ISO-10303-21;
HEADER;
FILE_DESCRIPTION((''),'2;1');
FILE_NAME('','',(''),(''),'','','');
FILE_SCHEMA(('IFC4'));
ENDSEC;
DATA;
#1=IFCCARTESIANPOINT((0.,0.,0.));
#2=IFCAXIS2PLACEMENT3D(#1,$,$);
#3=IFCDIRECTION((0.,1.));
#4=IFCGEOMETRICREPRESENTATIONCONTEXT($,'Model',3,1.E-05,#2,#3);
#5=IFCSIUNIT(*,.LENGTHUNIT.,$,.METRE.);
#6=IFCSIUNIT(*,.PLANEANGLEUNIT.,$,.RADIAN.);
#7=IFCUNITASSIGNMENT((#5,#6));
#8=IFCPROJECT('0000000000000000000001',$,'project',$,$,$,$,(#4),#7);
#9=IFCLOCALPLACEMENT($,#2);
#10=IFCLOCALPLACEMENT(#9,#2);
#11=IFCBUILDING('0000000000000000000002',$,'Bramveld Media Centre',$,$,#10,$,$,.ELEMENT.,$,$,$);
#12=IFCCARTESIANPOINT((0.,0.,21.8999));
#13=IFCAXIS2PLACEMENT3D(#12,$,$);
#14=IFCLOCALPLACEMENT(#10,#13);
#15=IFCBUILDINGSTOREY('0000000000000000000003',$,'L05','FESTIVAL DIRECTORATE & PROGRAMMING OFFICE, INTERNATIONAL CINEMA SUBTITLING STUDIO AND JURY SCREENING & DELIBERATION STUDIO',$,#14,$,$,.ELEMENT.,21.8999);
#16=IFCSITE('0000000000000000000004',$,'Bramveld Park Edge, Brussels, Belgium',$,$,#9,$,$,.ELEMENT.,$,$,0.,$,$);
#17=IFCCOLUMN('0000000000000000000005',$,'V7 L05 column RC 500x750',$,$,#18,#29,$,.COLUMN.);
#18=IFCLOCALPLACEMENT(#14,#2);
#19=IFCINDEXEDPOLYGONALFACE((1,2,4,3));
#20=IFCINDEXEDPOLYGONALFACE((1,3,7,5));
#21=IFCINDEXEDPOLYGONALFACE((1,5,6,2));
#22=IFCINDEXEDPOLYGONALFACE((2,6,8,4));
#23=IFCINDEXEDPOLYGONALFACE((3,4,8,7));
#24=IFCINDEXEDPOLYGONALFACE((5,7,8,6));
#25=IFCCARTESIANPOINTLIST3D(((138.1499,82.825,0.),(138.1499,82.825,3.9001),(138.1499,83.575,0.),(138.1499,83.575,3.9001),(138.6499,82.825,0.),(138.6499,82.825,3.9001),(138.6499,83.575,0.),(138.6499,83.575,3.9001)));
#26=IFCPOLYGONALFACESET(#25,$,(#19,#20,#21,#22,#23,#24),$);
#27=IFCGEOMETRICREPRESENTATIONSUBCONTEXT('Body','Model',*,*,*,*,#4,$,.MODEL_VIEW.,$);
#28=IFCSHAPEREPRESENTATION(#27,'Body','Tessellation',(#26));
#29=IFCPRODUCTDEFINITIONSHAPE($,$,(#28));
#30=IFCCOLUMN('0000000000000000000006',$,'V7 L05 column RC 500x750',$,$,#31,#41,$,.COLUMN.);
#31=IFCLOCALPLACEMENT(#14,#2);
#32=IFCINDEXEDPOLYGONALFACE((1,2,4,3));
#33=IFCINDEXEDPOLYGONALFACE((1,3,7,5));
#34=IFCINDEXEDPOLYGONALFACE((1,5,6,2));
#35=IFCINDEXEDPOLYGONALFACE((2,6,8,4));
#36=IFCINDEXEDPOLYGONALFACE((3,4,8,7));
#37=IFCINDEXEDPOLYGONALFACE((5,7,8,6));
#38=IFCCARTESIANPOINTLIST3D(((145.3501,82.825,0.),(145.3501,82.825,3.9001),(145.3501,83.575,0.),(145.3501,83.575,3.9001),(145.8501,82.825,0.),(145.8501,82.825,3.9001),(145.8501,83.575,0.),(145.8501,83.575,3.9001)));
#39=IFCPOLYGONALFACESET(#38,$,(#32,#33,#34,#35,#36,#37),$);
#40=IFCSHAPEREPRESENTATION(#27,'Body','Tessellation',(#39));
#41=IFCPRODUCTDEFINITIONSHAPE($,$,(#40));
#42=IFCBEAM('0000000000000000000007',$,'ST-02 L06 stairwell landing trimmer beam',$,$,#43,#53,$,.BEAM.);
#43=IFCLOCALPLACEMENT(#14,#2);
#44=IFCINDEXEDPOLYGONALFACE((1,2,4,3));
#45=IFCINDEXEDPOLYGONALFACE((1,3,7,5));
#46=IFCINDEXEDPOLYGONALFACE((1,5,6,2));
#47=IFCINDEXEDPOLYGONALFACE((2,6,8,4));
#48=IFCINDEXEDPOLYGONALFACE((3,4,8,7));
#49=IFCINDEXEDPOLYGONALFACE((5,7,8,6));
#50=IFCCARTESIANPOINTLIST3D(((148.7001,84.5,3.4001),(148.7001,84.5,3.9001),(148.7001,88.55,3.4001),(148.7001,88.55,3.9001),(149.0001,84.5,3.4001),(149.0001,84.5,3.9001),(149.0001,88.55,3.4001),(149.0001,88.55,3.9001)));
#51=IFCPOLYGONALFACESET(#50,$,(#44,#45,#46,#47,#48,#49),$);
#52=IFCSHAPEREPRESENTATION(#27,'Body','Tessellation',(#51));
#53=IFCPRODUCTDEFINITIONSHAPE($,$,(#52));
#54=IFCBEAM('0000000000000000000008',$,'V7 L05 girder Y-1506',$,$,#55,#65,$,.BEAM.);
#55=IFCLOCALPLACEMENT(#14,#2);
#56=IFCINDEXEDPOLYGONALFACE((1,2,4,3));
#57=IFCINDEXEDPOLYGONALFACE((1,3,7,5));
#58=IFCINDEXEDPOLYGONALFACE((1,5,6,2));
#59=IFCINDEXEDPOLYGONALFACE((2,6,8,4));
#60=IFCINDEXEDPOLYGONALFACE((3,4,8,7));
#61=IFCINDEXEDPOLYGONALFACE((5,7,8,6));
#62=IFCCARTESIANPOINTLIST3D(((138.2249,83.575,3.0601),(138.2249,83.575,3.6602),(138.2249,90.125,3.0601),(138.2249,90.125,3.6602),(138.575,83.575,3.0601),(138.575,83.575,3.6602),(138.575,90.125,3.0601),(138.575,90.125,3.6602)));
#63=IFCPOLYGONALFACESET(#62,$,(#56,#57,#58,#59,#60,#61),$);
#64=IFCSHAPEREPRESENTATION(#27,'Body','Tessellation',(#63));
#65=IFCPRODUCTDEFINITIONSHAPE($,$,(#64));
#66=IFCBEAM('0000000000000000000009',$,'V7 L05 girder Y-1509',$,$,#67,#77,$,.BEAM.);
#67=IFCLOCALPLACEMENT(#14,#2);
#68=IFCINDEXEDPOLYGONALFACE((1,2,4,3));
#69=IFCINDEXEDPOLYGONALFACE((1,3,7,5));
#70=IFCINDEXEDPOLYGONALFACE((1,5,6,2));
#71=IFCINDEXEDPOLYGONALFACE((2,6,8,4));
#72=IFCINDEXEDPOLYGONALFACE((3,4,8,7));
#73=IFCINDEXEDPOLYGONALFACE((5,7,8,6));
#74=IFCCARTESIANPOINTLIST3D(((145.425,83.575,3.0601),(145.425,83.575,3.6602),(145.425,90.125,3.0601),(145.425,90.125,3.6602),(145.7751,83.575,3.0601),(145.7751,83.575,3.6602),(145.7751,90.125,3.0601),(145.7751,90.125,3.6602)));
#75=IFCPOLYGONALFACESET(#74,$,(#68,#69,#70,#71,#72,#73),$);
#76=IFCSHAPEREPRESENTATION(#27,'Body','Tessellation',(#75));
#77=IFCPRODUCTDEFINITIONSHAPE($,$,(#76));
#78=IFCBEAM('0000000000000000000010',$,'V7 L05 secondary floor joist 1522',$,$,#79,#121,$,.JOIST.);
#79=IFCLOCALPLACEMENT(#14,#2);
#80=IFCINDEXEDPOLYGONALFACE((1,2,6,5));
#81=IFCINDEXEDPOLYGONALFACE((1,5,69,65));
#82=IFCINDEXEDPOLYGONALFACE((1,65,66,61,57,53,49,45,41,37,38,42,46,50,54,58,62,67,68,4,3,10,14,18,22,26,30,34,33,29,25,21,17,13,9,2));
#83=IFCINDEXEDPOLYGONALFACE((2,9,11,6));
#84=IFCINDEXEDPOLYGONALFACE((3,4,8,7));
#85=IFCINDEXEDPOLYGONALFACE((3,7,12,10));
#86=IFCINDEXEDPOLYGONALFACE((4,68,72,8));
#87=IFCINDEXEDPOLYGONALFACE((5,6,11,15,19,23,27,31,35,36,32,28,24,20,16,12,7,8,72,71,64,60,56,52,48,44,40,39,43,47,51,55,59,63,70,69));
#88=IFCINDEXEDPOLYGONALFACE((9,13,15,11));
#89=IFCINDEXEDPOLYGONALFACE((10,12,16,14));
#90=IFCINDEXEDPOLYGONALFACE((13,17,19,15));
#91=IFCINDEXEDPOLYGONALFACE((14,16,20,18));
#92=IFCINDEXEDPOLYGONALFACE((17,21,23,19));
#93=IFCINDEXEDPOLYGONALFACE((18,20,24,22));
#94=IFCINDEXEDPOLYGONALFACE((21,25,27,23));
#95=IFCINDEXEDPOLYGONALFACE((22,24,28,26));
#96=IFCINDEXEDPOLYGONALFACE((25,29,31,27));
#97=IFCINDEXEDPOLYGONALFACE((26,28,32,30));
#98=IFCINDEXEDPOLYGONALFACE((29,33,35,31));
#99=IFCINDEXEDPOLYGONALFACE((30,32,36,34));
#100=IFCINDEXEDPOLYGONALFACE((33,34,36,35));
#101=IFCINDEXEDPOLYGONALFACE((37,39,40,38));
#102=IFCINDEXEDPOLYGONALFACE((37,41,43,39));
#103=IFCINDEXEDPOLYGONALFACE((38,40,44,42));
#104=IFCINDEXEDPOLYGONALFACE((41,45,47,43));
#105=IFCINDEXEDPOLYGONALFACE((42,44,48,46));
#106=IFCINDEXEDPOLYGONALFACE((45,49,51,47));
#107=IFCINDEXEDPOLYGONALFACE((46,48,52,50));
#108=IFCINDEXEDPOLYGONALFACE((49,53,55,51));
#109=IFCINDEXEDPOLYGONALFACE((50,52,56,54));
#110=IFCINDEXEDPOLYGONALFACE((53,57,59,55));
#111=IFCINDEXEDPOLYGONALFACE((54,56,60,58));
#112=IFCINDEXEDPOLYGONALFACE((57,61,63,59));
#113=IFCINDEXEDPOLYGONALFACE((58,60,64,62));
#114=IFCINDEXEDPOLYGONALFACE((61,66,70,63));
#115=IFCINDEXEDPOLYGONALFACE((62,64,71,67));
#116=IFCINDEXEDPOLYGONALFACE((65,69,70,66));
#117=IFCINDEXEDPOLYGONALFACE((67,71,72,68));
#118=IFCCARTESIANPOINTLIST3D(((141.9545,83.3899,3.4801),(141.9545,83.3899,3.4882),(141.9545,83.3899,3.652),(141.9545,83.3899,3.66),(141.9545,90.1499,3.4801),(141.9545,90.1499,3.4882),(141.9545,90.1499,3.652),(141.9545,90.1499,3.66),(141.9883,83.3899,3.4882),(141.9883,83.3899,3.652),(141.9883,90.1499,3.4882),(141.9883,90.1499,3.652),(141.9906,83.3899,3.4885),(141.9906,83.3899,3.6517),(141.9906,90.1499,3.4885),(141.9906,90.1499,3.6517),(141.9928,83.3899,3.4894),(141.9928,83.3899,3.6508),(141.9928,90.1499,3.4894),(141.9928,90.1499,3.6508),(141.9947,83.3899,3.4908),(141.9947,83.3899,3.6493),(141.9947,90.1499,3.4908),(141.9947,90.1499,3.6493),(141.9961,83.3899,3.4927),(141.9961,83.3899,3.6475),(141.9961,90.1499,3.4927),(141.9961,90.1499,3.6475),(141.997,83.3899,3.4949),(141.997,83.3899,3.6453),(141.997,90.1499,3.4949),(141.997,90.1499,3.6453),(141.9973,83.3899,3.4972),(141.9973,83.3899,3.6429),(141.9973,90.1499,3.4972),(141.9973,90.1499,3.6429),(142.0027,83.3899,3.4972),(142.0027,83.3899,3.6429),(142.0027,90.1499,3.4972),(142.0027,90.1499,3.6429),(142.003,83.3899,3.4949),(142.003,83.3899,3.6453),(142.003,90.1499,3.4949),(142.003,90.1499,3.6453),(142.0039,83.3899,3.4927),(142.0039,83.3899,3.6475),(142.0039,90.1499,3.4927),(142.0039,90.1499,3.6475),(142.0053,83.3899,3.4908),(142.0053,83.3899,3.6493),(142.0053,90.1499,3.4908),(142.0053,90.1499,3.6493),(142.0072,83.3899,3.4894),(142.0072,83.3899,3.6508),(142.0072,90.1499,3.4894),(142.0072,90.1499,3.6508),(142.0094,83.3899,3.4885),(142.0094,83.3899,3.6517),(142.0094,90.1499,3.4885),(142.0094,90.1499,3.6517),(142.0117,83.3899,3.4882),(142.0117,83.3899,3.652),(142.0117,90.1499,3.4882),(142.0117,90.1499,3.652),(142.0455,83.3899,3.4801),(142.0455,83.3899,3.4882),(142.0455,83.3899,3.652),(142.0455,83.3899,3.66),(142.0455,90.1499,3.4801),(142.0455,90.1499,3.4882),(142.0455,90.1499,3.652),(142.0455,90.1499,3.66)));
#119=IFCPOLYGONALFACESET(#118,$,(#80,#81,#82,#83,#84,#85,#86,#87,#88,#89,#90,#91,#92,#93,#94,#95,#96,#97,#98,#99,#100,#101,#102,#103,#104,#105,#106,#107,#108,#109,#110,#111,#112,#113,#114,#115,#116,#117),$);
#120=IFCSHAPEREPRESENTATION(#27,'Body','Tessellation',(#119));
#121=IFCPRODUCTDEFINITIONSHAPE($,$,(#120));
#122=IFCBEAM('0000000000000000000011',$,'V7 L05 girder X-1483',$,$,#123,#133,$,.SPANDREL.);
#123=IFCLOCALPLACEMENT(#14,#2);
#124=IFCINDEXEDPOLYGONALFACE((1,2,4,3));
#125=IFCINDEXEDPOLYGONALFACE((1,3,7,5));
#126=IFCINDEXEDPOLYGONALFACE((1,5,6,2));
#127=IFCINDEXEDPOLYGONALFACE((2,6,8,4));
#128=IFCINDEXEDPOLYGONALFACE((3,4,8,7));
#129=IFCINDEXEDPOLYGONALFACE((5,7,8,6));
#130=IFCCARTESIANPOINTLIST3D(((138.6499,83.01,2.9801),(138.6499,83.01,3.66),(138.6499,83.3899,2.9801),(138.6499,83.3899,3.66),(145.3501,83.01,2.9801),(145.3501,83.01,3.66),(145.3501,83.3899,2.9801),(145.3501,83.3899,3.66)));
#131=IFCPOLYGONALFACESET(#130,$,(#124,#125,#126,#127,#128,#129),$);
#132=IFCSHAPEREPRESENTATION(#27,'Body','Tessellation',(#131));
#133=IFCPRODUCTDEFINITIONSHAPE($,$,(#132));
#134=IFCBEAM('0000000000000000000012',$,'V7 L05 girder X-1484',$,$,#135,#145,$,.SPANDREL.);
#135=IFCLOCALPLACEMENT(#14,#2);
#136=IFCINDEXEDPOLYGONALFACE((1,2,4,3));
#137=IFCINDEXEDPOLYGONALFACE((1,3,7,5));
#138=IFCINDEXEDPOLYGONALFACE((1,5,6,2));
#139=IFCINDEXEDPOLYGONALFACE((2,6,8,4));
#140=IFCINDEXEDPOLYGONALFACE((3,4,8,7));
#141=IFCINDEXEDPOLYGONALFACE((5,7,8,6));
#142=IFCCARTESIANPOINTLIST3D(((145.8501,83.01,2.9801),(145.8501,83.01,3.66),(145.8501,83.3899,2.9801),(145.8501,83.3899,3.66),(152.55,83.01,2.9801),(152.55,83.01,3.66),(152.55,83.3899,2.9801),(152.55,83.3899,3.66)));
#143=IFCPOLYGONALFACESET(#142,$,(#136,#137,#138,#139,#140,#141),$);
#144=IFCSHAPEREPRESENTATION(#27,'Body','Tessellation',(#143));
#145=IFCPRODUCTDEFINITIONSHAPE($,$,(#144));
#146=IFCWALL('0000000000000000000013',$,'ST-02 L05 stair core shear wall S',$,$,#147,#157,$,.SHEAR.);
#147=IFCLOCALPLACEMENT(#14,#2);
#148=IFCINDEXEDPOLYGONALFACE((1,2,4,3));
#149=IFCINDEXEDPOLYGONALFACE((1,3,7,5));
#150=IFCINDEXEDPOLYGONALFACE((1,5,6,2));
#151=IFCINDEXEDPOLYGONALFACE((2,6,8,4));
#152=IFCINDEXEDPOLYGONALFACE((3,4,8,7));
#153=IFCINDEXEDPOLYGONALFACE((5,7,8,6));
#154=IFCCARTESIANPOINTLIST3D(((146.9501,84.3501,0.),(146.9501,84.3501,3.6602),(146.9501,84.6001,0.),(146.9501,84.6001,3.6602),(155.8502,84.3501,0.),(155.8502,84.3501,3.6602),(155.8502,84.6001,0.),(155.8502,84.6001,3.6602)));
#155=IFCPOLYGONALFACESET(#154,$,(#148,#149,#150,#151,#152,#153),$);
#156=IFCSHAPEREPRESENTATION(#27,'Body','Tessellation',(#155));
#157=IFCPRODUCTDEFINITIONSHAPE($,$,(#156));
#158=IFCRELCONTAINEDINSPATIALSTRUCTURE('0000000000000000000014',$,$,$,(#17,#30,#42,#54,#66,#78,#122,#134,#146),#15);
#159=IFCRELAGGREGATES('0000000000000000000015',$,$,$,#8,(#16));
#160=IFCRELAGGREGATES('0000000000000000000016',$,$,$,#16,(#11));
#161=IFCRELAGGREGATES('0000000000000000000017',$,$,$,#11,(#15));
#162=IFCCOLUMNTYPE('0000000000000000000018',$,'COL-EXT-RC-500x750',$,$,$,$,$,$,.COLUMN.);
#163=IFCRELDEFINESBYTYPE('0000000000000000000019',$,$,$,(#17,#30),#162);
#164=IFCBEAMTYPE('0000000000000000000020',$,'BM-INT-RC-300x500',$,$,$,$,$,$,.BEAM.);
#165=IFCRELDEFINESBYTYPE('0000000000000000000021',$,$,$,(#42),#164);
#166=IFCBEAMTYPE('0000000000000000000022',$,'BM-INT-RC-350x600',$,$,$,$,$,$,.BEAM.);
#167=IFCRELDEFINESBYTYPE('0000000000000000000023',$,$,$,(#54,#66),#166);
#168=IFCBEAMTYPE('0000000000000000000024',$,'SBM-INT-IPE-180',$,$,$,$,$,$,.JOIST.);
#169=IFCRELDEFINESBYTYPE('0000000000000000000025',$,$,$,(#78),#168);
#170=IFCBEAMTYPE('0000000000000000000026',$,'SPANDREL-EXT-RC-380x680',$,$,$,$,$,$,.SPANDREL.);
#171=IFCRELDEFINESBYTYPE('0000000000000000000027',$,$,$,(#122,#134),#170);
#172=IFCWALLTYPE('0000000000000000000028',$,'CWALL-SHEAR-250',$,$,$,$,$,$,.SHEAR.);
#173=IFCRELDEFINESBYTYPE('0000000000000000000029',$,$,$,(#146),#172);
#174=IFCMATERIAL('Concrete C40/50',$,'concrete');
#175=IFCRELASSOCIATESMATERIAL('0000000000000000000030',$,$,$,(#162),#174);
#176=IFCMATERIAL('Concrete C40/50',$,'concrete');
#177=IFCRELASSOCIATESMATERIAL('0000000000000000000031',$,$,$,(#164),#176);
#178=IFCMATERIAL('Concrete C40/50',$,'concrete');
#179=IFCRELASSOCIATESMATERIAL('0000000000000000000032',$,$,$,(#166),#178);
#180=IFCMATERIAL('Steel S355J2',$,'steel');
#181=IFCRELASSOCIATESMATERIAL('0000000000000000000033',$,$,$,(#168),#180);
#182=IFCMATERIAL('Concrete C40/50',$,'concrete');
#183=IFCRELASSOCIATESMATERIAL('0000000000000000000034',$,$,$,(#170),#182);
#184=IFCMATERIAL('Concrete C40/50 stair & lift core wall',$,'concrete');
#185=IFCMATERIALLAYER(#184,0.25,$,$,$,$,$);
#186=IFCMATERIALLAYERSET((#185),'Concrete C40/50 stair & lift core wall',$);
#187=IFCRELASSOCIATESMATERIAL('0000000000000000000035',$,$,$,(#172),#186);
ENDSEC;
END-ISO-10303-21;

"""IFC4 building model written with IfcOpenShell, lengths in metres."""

from ifc_helpers import new_model, si_unit, direction, frame, frame_2d, origin, origin_2d, place, context, subcontext, project, spatial, rectangle, i_section, extrude, material, layer, layer_set, material_profile, profile_set, type_object, element, save


model = new_model("IFC4")

# Units and contexts
model_context = context("Model", 3, precision=1e-05, world=origin(), true_north=direction((0.0, 1.0)))
body_context = subcontext(model_context, "Body", "Model", "MODEL_VIEW")
ifc_project = project(units=[si_unit("LENGTHUNIT", "METRE"), si_unit("PLANEANGLEUNIT", "RADIAN")], contexts=[model_context])

# Site, building, storey
site_placement = place(None, origin())
site = spatial("IfcSite", under=ifc_project, at=site_placement, Name="Bramveld Park Edge, Brussels, Belgium", CompositionType="ELEMENT", RefElevation=0.0)
building_placement = place(site_placement, origin())
building = spatial("IfcBuilding", under=site, at=building_placement, Name="Bramveld Media Centre", CompositionType="ELEMENT")
storey_placement = place(building_placement, frame((0.0, 0.0, 21.8999)))
storey = spatial("IfcBuildingStorey", under=building, at=storey_placement, Name="L05", Description="FESTIVAL DIRECTORATE & PROGRAMMING OFFICE, INTERNATIONAL CINEMA SUBTITLING STUDIO AND JURY SCREENING & DELIBERATION STUDIO", CompositionType="ELEMENT", Elevation=21.8999)

# Columns
ifc_material_1 = material(Name="Concrete C40/50", Category="concrete")
ifc_material_profile_1 = material_profile(ifc_material_1, rectangle(XDim=0.5, YDim=0.75, at=origin_2d()), Name="RC 500x750")
ifc_profile_set_1 = profile_set([ifc_material_profile_1], Name="Concrete C40/50")
column_type = type_object("IfcColumnType", Name="COL-EXT-RC-500x750", PredefinedType="COLUMN", material=ifc_profile_set_1)
for number, where, z_axis, x_axis, name in (
    (1, (138.3999, 83.2, 0.0), (0.0, 0.0, 1.0), (1.0, 0.0, 0.0), "V7 L05 column RC 500x750"),
    (2, (145.6001, 83.2, 0.0), (0.0, 0.0, 1.0), (1.0, 0.0, 0.0), "V7 L05 column RC 500x750"),
):
    element("IfcColumn", number, at=place(storey_placement, frame(where, z_axis=z_axis, x_axis=x_axis)), inside=storey, type_object=column_type, Name=name, PredefinedType="COLUMN", context=body_context, shape_type="SweptSolid", body=[
        extrude(rectangle(XDim=0.5, YDim=0.75, at=origin_2d()), origin(), (0.0, 0.0, 1.0), 3.9001),
    ])

# Beams
ifc_material_2 = material(Name="Concrete C40/50", Category="concrete")
ifc_material_profile_2 = material_profile(ifc_material_2, rectangle(XDim=0.3, YDim=0.5, at=origin_2d()), Name="RC 300x500")
ifc_profile_set_2 = profile_set([ifc_material_profile_2], Name="Concrete C40/50")
beam_type_1 = type_object("IfcBeamType", Name="BM-INT-RC-300x500", PredefinedType="BEAM", material=ifc_profile_set_2)
beam_1_placement = place(storey_placement, frame((148.8501, 84.5, 3.6501), z_axis=(0.0, 1.0, 0.0), x_axis=(-1.0, 0.0, 0.0)))
element("IfcBeam", 3, at=beam_1_placement, inside=storey, type_object=beam_type_1, Name="ST-02 L06 stairwell landing trimmer beam", PredefinedType="BEAM", context=body_context, shape_type="SweptSolid", body=[
    extrude(rectangle(XDim=0.3, YDim=0.5, at=origin_2d()), origin(), (0.0, 0.0, 1.0), 4.05),
])
ifc_material_3 = material(Name="Concrete C40/50", Category="concrete")
ifc_material_profile_3 = material_profile(ifc_material_3, rectangle(XDim=0.3501, YDim=0.6001, at=origin_2d()), Name="RC 350x600")
ifc_profile_set_3 = profile_set([ifc_material_profile_3], Name="Concrete C40/50")
beam_type_2 = type_object("IfcBeamType", Name="BM-INT-RC-350x600", PredefinedType="BEAM", material=ifc_profile_set_3)
for number, where, z_axis, x_axis, name in (
    (4, (138.3999, 83.575, 3.3601), (0.0, 1.0, 0.0), (-1.0, 0.0, 0.0), "V7 L05 girder Y-1506"),
    (5, (145.6001, 83.575, 3.3601), (0.0, 1.0, 0.0), (-1.0, 0.0, 0.0), "V7 L05 girder Y-1509"),
):
    element("IfcBeam", number, at=place(storey_placement, frame(where, z_axis=z_axis, x_axis=x_axis)), inside=storey, type_object=beam_type_2, Name=name, PredefinedType="BEAM", context=body_context, shape_type="SweptSolid", body=[
        extrude(rectangle(XDim=0.3501, YDim=0.6001, at=origin_2d()), origin(), (0.0, 0.0, 1.0), 6.55),
    ])
ifc_material_4 = material(Name="Steel S355J2", Category="steel")
ifc_material_profile_4 = material_profile(ifc_material_4, i_section(OverallWidth=0.0911, OverallDepth=0.1799, WebThickness=0.0054, FlangeThickness=0.0081, FilletRadius=0.009, at=origin_2d()), Name="IPE 180")
ifc_profile_set_4 = profile_set([ifc_material_profile_4], Name="Steel S355J2")
beam_type_3 = type_object("IfcBeamType", Name="SBM-INT-IPE-180", PredefinedType="JOIST", material=ifc_profile_set_4)
beam_2_placement = place(storey_placement, frame((142.0, 83.3899, 3.5701), z_axis=(0.0, 1.0, 0.0), x_axis=(-1.0, 0.0, 0.0)))
element("IfcBeam", 6, at=beam_2_placement, inside=storey, type_object=beam_type_3, Name="V7 L05 secondary floor joist 1522", PredefinedType="JOIST", context=body_context, shape_type="SweptSolid", body=[
    extrude(i_section(OverallWidth=0.0911, OverallDepth=0.1799, WebThickness=0.0054, FlangeThickness=0.0081, FilletRadius=0.009, at=origin_2d()), origin(), (0.0, 0.0, 1.0), 6.76),
])
ifc_material_5 = material(Name="Concrete C40/50", Category="concrete")
ifc_material_profile_5 = material_profile(ifc_material_5, rectangle(XDim=0.3799, YDim=0.6799, at=origin_2d()), Name="RC 380x680")
ifc_profile_set_5 = profile_set([ifc_material_profile_5], Name="Concrete C40/50")
beam_type_4 = type_object("IfcBeamType", Name="SPANDREL-EXT-RC-380x680", PredefinedType="SPANDREL", material=ifc_profile_set_5)
beam_3_placement = place(storey_placement, frame((138.6499, 83.2, 3.3201), z_axis=(1.0, 0.0, 0.0), x_axis=(0.0, 1.0, 0.0)))
element("IfcBeam", 7, at=beam_3_placement, inside=storey, type_object=beam_type_4, Name="V7 L05 girder X-1483", PredefinedType="SPANDREL", context=body_context, shape_type="SweptSolid", body=[
    extrude(rectangle(XDim=0.3799, YDim=0.6799, at=origin_2d()), origin(), (0.0, 0.0, 1.0), 6.7002),
])
beam_4_placement = place(storey_placement, frame((145.8501, 83.2, 3.3201), z_axis=(1.0, 0.0, 0.0), x_axis=(0.0, 1.0, 0.0)))
element("IfcBeam", 8, at=beam_4_placement, inside=storey, type_object=beam_type_4, Name="V7 L05 girder X-1484", PredefinedType="SPANDREL", context=body_context, shape_type="SweptSolid", body=[
    extrude(rectangle(XDim=0.3799, YDim=0.6799, at=origin_2d()), origin(), (0.0, 0.0, 1.0), 6.7),
])

# Wall
ifc_material_6 = material(Name="Concrete C40/50 stair & lift core wall", Category="concrete")
ifc_layer_1 = layer(ifc_material_6, 0.25)
ifc_layer_set_1 = layer_set([ifc_layer_1], Name="Concrete C40/50 stair & lift core wall")
wall_type_1 = type_object("IfcWallType", Name="CWALL-SHEAR-250", PredefinedType="SHEAR", material=ifc_layer_set_1)
wall_1_placement = place(storey_placement, frame((146.95, 84.4751, 0.0), z_axis=(0.0, 0.0, 1.0), x_axis=(1.0, 0.0, 0.0)))
element("IfcWall", 9, at=wall_1_placement, inside=storey, type_object=wall_type_1, Name="ST-02 L05 stair core shear wall S", PredefinedType="SHEAR", context=body_context, shape_type="SweptSolid", body=[
    extrude(rectangle(XDim=8.9001, YDim=0.25, at=frame_2d((4.4502, 0.0))), origin(), (0.0, 0.0, 1.0), 3.6602),
])

save(model, "model.ifc")
